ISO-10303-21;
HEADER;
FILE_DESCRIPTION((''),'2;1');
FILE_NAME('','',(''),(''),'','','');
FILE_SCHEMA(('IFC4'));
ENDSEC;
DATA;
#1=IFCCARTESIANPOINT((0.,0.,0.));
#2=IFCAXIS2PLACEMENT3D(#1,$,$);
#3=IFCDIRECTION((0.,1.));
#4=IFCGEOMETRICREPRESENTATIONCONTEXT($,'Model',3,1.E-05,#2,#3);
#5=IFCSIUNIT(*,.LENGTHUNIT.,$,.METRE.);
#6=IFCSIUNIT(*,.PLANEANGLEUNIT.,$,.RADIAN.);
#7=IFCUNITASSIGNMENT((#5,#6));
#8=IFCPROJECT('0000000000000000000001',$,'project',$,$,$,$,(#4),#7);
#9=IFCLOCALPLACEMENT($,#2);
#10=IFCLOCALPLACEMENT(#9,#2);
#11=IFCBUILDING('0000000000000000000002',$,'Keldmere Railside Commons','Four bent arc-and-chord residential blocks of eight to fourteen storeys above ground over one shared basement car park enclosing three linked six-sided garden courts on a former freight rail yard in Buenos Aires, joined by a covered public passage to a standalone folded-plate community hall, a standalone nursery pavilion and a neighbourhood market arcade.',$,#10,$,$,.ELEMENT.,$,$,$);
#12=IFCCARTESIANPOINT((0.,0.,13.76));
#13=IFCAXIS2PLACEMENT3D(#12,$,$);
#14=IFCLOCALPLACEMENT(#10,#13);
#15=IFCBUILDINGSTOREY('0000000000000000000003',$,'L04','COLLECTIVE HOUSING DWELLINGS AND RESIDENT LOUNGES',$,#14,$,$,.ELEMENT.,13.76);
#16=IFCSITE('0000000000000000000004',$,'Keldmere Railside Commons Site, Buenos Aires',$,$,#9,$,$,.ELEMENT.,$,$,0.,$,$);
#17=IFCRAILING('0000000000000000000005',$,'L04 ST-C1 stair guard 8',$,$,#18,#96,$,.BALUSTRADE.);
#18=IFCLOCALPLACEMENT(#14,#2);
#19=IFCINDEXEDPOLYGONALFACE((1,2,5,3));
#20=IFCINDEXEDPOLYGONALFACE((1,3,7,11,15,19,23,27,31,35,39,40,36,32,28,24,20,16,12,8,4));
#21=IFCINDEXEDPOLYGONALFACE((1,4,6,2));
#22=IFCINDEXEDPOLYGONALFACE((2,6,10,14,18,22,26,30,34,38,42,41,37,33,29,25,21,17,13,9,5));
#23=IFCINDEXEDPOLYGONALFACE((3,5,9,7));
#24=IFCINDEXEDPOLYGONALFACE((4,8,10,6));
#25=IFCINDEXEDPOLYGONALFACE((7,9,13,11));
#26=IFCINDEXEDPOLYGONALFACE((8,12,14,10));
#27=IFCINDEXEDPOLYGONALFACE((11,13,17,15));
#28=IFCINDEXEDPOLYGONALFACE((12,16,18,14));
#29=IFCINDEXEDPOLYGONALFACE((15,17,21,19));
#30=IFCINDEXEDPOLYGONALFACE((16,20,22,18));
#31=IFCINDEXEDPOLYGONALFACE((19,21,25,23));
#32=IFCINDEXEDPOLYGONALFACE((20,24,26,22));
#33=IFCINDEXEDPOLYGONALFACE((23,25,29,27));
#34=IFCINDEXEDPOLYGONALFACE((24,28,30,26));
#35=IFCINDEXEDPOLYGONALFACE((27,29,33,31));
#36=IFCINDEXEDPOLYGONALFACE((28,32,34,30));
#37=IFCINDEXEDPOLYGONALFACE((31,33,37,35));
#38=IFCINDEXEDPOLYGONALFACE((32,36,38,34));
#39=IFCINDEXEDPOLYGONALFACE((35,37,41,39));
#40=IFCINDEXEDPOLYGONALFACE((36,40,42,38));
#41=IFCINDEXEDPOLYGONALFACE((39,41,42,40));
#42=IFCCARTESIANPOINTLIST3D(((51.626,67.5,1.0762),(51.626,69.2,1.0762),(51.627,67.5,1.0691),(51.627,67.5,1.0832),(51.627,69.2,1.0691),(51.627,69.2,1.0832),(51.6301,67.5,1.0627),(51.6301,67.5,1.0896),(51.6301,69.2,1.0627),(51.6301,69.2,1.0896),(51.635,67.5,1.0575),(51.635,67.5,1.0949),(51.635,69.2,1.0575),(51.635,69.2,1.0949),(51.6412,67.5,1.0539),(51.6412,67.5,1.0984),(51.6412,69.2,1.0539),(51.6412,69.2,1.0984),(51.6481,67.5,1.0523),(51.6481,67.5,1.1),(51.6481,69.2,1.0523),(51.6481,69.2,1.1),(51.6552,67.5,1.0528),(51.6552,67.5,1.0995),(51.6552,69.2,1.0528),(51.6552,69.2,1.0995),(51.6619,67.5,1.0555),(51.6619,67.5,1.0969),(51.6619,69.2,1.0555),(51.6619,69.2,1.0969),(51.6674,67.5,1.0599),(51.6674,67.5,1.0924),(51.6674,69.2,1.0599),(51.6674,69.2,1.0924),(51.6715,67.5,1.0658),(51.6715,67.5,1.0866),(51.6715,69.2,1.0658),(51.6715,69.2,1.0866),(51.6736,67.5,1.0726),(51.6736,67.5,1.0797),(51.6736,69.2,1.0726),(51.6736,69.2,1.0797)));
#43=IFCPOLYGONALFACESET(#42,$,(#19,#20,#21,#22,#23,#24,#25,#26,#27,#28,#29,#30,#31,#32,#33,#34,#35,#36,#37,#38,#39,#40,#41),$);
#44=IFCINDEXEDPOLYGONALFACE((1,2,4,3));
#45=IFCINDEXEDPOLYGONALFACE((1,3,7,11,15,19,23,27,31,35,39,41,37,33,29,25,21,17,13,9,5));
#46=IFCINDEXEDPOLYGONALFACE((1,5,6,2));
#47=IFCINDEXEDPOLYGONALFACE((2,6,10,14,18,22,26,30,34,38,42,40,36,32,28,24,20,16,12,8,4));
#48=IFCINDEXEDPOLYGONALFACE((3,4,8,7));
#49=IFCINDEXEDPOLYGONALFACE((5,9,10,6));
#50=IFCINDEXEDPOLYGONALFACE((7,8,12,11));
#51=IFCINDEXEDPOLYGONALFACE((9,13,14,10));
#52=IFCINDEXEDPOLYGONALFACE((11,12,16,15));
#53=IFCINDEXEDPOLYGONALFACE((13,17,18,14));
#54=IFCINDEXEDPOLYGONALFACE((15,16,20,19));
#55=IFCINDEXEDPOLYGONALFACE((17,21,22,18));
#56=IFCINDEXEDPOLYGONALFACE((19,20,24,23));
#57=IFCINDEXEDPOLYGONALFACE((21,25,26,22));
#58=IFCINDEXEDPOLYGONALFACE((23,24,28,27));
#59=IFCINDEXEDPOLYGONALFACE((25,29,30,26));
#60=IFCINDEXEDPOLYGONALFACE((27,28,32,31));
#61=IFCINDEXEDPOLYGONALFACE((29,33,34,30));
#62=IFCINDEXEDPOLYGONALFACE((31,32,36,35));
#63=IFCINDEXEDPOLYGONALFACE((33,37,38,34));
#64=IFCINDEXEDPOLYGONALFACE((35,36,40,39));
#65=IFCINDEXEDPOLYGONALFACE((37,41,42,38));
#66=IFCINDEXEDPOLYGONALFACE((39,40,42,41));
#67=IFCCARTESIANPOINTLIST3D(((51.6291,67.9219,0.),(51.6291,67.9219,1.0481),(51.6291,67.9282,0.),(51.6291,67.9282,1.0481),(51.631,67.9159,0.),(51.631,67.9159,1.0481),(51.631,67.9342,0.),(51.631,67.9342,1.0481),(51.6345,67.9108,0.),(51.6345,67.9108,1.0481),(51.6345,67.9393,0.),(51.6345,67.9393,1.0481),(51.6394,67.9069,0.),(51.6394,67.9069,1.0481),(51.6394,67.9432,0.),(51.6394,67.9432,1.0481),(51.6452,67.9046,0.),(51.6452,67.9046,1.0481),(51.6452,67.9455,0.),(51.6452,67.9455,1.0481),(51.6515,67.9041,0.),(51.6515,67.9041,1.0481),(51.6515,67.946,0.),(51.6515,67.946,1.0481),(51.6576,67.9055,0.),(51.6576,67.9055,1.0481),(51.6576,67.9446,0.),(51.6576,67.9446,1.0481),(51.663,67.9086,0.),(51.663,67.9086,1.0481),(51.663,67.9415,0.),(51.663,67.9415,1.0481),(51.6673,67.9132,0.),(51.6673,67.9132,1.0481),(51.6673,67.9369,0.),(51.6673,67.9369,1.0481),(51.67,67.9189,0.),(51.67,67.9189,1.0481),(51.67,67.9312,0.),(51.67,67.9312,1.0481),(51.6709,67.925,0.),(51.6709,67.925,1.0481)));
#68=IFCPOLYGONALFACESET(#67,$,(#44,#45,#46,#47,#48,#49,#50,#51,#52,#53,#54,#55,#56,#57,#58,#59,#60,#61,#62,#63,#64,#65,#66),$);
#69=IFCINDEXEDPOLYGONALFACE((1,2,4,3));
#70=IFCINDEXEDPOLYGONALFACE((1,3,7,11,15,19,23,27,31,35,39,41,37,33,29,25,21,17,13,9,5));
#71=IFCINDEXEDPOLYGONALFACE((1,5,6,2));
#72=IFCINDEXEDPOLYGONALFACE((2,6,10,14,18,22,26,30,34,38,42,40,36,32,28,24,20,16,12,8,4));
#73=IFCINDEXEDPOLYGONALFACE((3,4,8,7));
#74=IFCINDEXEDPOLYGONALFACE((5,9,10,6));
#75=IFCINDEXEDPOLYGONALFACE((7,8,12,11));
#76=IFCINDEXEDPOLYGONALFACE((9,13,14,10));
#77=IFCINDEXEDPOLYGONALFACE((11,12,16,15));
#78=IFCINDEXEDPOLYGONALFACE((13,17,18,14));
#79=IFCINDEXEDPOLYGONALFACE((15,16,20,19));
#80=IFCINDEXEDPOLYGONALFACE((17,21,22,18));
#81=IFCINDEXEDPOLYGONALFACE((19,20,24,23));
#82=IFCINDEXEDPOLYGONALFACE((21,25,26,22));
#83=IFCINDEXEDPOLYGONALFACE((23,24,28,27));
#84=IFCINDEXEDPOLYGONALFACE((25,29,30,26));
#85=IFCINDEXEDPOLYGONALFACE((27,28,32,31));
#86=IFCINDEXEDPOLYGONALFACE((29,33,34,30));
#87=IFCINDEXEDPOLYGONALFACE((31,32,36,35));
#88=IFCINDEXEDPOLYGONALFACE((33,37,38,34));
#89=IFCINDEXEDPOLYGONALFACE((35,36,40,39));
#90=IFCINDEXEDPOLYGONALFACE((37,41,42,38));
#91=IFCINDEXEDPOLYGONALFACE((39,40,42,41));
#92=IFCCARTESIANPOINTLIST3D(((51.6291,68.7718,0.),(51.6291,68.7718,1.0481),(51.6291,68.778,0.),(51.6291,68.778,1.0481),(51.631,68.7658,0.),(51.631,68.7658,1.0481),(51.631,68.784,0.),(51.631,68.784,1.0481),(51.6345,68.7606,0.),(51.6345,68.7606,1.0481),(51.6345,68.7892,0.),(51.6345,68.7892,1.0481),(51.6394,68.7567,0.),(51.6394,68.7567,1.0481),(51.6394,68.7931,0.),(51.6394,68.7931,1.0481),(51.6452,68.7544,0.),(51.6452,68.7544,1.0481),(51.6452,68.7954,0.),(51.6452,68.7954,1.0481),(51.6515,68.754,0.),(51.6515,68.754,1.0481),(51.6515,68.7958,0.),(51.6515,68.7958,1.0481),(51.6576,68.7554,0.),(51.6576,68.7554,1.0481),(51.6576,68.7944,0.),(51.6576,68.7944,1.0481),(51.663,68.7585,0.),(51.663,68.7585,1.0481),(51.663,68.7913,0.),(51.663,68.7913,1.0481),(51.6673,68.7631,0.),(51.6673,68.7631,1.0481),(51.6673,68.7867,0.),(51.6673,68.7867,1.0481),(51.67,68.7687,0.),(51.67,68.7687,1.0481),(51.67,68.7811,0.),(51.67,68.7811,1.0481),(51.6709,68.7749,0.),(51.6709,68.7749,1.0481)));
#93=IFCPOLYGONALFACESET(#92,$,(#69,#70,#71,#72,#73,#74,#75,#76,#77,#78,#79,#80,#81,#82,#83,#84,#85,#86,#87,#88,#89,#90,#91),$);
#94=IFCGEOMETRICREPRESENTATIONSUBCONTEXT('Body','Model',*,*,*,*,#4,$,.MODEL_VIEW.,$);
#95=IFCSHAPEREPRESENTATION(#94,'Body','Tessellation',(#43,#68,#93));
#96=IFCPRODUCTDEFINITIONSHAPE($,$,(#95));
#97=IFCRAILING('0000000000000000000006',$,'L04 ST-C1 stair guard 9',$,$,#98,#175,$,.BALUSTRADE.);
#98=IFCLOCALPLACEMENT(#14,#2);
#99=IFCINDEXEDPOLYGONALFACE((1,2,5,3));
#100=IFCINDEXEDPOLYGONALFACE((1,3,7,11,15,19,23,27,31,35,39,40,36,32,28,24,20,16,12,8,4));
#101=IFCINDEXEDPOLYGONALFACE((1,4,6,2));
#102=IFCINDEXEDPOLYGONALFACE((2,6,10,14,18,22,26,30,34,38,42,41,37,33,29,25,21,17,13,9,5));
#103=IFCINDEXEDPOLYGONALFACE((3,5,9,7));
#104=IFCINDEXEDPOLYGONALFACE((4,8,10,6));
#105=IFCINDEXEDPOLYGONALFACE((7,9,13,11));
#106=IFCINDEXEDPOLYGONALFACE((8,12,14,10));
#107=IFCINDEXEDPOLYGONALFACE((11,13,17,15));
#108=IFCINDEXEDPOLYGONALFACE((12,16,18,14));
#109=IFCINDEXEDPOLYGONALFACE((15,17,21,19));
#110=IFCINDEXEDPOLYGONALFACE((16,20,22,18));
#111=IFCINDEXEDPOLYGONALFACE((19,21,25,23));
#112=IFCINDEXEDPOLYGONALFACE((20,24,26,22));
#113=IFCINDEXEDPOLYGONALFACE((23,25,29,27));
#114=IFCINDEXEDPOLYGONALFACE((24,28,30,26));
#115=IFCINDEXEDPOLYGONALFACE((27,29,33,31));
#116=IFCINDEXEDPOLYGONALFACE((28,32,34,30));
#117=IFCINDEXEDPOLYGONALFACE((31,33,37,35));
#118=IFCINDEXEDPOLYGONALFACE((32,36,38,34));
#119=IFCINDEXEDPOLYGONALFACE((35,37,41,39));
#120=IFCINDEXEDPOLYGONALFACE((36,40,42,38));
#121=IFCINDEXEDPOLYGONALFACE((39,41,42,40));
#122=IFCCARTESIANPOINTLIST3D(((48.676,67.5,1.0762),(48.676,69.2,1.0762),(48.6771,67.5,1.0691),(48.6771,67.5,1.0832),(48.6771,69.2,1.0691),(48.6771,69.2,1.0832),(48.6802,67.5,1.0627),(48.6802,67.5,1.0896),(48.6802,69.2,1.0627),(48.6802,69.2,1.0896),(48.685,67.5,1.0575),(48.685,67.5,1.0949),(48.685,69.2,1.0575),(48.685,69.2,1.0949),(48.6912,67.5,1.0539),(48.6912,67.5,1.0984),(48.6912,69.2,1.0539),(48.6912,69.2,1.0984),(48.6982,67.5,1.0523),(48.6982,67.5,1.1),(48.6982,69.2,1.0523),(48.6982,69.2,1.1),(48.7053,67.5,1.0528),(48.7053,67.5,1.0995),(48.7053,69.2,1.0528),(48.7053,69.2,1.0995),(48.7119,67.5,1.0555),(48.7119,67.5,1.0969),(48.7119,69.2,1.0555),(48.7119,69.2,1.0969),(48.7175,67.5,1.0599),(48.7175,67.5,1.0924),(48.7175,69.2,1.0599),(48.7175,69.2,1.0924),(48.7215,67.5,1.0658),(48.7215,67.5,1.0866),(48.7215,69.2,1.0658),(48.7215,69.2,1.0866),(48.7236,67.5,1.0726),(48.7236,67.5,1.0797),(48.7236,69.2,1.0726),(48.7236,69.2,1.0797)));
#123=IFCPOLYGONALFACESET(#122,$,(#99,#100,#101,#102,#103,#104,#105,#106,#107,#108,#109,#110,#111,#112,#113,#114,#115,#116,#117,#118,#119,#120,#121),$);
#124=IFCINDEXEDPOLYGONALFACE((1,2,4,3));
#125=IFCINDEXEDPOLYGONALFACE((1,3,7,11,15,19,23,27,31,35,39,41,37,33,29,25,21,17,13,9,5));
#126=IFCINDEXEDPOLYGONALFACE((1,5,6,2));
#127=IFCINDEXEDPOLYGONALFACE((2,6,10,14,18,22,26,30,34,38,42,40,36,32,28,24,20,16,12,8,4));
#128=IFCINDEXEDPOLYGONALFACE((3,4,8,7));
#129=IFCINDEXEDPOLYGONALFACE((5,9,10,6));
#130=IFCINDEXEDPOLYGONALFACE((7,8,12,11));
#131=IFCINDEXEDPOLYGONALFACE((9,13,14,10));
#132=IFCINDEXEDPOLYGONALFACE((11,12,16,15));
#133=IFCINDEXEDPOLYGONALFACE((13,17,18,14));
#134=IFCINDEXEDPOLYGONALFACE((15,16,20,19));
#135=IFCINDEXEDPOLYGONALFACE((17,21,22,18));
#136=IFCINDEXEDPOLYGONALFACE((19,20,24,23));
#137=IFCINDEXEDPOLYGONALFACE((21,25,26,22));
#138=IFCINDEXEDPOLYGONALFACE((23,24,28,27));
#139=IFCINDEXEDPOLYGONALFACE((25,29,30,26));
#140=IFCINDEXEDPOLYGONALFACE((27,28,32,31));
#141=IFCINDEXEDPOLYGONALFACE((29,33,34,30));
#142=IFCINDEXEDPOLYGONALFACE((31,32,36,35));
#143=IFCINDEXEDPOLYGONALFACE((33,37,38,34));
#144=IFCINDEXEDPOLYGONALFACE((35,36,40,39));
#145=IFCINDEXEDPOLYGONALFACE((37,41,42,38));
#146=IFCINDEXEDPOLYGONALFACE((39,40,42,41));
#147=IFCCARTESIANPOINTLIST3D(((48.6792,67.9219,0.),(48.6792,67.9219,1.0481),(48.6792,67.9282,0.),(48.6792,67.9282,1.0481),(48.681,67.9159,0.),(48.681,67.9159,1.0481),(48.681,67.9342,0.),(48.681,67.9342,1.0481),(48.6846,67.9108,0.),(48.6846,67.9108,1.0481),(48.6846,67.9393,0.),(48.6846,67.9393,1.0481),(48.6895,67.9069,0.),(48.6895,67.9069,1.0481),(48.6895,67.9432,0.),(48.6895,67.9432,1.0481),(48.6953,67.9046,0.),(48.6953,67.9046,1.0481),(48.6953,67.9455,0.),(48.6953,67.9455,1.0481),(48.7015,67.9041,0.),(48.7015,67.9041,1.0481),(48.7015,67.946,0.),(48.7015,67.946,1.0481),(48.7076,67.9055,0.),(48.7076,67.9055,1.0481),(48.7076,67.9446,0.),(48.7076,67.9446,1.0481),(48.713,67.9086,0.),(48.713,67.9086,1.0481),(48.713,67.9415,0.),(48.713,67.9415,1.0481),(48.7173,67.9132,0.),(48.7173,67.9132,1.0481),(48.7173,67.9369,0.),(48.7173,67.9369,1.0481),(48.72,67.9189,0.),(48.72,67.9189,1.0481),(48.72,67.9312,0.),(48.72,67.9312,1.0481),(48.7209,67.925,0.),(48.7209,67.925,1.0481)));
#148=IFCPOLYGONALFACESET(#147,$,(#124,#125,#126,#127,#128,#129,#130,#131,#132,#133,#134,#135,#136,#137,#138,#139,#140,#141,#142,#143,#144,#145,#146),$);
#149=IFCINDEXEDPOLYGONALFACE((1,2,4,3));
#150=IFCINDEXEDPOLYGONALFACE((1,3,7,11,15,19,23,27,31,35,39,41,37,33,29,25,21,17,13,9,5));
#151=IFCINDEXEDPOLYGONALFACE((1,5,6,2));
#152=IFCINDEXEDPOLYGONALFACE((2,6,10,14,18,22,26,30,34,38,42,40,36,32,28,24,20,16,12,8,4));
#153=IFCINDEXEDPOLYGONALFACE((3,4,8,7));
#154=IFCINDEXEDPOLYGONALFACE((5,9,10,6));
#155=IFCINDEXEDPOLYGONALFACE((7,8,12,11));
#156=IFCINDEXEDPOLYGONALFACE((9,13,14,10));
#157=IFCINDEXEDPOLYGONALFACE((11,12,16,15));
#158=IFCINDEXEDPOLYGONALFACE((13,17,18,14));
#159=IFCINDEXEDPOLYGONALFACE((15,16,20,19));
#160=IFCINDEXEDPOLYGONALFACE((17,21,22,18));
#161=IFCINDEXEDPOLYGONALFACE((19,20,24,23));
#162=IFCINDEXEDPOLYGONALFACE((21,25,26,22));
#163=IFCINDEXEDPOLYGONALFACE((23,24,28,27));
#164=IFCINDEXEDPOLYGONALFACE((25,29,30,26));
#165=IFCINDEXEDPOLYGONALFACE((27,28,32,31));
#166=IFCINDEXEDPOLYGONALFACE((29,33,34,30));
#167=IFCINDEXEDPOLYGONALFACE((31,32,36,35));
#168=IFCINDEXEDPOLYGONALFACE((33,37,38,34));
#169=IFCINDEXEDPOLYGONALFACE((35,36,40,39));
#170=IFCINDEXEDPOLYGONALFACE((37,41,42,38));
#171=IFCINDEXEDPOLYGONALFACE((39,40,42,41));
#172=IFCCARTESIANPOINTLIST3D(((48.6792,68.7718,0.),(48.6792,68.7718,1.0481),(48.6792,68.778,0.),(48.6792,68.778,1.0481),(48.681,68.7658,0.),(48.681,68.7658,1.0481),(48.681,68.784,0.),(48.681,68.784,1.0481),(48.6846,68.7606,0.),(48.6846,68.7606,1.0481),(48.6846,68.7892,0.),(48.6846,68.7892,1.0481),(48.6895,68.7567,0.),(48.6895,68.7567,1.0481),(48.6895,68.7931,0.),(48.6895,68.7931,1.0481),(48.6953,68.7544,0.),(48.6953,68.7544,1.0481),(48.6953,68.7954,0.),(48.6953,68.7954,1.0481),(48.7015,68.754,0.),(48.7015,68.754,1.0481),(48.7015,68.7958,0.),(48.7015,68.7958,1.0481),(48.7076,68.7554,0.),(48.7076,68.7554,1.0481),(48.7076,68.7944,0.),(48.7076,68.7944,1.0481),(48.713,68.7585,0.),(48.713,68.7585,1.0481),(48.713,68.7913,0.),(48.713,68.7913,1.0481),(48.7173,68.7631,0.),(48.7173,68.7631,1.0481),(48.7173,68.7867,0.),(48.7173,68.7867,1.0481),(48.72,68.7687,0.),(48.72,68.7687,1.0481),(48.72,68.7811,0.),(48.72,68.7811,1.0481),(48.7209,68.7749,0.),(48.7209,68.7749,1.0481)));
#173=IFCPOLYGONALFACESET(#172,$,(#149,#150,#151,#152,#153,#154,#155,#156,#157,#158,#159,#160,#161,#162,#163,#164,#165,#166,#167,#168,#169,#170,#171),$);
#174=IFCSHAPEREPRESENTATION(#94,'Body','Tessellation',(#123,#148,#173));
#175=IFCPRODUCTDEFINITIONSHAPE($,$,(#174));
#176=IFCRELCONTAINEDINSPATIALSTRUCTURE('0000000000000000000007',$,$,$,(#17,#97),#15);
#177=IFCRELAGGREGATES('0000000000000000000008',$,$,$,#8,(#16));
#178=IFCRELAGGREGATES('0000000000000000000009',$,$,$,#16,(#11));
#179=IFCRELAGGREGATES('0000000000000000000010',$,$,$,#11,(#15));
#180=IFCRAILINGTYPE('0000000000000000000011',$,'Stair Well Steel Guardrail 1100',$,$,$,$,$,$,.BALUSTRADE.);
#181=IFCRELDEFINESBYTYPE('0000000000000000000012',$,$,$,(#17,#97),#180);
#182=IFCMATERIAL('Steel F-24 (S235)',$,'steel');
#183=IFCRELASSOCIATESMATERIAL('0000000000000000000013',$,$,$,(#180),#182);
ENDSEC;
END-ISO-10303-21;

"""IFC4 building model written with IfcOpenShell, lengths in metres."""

from ifc_helpers import new_model, si_unit, direction, frame, origin, origin_2d, place, context, subcontext, project, spatial, circle, extrude, material, type_object, element, save


model = new_model("IFC4")

# Units and contexts
model_context = context("Model", 3, precision=1e-05, world=origin(), true_north=direction((0.0, 1.0)))
body_context = subcontext(model_context, "Body", "Model", "MODEL_VIEW")
ifc_project = project(units=[si_unit("LENGTHUNIT", "METRE"), si_unit("PLANEANGLEUNIT", "RADIAN")], contexts=[model_context])

# Site, building, storey
site_placement = place(None, origin())
site = spatial("IfcSite", under=ifc_project, at=site_placement, Name="Keldmere Railside Commons Site, Buenos Aires", CompositionType="ELEMENT", RefElevation=0.0)
building_placement = place(site_placement, origin())
building = spatial("IfcBuilding", under=site, at=building_placement, Name="Keldmere Railside Commons", Description="Four bent arc-and-chord residential blocks of eight to fourteen storeys above ground over one shared basement car park enclosing three linked six-sided garden courts on a former freight rail yard in Buenos Aires, joined by a covered public passage to a standalone folded-plate community hall, a standalone nursery pavilion and a neighbourhood market arcade.", CompositionType="ELEMENT")
storey_placement = place(building_placement, frame((0.0, 0.0, 13.76)))
storey = spatial("IfcBuildingStorey", under=building, at=storey_placement, Name="L04", Description="COLLECTIVE HOUSING DWELLINGS AND RESIDENT LOUNGES", CompositionType="ELEMENT", Elevation=13.76)

# Railings
ifc_material_1 = material(Name="Steel F-24 (S235)", Category="steel")
railing_type_1 = type_object("IfcRailingType", Name="Stair Well Steel Guardrail 1100", PredefinedType="BALUSTRADE", material=ifc_material_1)
for number, where, name in (
    (1, (51.6499, 67.5, 0.0), "L04 ST-C1 stair guard 8"),
    (2, (48.7, 67.5, 0.0), "L04 ST-C1 stair guard 9"),
):
    element("IfcRailing", number, at=place(storey_placement, frame(where)), inside=storey, type_object=railing_type_1, Name=name, PredefinedType="BALUSTRADE", context=body_context, shape_type="SweptSolid", body=[
        extrude(circle(Radius=0.0239, at=origin_2d()), frame((0.0, 0.0, 1.0762), z_axis=(0.0, 1.0, 0.0), x_axis=(-1.0, 0.0, 0.0)), (0.0, 0.0, 1.0), 1.7),
        extrude(circle(Radius=0.021, at=origin_2d()), frame((0.0, 0.425, 0.0)), (0.0, 0.0, 1.0), 1.0481),
        extrude(circle(Radius=0.021, at=origin_2d()), frame((0.0, 1.2749, 0.0)), (0.0, 0.0, 1.0), 1.0481),
    ])

save(model, "model.ifc")
